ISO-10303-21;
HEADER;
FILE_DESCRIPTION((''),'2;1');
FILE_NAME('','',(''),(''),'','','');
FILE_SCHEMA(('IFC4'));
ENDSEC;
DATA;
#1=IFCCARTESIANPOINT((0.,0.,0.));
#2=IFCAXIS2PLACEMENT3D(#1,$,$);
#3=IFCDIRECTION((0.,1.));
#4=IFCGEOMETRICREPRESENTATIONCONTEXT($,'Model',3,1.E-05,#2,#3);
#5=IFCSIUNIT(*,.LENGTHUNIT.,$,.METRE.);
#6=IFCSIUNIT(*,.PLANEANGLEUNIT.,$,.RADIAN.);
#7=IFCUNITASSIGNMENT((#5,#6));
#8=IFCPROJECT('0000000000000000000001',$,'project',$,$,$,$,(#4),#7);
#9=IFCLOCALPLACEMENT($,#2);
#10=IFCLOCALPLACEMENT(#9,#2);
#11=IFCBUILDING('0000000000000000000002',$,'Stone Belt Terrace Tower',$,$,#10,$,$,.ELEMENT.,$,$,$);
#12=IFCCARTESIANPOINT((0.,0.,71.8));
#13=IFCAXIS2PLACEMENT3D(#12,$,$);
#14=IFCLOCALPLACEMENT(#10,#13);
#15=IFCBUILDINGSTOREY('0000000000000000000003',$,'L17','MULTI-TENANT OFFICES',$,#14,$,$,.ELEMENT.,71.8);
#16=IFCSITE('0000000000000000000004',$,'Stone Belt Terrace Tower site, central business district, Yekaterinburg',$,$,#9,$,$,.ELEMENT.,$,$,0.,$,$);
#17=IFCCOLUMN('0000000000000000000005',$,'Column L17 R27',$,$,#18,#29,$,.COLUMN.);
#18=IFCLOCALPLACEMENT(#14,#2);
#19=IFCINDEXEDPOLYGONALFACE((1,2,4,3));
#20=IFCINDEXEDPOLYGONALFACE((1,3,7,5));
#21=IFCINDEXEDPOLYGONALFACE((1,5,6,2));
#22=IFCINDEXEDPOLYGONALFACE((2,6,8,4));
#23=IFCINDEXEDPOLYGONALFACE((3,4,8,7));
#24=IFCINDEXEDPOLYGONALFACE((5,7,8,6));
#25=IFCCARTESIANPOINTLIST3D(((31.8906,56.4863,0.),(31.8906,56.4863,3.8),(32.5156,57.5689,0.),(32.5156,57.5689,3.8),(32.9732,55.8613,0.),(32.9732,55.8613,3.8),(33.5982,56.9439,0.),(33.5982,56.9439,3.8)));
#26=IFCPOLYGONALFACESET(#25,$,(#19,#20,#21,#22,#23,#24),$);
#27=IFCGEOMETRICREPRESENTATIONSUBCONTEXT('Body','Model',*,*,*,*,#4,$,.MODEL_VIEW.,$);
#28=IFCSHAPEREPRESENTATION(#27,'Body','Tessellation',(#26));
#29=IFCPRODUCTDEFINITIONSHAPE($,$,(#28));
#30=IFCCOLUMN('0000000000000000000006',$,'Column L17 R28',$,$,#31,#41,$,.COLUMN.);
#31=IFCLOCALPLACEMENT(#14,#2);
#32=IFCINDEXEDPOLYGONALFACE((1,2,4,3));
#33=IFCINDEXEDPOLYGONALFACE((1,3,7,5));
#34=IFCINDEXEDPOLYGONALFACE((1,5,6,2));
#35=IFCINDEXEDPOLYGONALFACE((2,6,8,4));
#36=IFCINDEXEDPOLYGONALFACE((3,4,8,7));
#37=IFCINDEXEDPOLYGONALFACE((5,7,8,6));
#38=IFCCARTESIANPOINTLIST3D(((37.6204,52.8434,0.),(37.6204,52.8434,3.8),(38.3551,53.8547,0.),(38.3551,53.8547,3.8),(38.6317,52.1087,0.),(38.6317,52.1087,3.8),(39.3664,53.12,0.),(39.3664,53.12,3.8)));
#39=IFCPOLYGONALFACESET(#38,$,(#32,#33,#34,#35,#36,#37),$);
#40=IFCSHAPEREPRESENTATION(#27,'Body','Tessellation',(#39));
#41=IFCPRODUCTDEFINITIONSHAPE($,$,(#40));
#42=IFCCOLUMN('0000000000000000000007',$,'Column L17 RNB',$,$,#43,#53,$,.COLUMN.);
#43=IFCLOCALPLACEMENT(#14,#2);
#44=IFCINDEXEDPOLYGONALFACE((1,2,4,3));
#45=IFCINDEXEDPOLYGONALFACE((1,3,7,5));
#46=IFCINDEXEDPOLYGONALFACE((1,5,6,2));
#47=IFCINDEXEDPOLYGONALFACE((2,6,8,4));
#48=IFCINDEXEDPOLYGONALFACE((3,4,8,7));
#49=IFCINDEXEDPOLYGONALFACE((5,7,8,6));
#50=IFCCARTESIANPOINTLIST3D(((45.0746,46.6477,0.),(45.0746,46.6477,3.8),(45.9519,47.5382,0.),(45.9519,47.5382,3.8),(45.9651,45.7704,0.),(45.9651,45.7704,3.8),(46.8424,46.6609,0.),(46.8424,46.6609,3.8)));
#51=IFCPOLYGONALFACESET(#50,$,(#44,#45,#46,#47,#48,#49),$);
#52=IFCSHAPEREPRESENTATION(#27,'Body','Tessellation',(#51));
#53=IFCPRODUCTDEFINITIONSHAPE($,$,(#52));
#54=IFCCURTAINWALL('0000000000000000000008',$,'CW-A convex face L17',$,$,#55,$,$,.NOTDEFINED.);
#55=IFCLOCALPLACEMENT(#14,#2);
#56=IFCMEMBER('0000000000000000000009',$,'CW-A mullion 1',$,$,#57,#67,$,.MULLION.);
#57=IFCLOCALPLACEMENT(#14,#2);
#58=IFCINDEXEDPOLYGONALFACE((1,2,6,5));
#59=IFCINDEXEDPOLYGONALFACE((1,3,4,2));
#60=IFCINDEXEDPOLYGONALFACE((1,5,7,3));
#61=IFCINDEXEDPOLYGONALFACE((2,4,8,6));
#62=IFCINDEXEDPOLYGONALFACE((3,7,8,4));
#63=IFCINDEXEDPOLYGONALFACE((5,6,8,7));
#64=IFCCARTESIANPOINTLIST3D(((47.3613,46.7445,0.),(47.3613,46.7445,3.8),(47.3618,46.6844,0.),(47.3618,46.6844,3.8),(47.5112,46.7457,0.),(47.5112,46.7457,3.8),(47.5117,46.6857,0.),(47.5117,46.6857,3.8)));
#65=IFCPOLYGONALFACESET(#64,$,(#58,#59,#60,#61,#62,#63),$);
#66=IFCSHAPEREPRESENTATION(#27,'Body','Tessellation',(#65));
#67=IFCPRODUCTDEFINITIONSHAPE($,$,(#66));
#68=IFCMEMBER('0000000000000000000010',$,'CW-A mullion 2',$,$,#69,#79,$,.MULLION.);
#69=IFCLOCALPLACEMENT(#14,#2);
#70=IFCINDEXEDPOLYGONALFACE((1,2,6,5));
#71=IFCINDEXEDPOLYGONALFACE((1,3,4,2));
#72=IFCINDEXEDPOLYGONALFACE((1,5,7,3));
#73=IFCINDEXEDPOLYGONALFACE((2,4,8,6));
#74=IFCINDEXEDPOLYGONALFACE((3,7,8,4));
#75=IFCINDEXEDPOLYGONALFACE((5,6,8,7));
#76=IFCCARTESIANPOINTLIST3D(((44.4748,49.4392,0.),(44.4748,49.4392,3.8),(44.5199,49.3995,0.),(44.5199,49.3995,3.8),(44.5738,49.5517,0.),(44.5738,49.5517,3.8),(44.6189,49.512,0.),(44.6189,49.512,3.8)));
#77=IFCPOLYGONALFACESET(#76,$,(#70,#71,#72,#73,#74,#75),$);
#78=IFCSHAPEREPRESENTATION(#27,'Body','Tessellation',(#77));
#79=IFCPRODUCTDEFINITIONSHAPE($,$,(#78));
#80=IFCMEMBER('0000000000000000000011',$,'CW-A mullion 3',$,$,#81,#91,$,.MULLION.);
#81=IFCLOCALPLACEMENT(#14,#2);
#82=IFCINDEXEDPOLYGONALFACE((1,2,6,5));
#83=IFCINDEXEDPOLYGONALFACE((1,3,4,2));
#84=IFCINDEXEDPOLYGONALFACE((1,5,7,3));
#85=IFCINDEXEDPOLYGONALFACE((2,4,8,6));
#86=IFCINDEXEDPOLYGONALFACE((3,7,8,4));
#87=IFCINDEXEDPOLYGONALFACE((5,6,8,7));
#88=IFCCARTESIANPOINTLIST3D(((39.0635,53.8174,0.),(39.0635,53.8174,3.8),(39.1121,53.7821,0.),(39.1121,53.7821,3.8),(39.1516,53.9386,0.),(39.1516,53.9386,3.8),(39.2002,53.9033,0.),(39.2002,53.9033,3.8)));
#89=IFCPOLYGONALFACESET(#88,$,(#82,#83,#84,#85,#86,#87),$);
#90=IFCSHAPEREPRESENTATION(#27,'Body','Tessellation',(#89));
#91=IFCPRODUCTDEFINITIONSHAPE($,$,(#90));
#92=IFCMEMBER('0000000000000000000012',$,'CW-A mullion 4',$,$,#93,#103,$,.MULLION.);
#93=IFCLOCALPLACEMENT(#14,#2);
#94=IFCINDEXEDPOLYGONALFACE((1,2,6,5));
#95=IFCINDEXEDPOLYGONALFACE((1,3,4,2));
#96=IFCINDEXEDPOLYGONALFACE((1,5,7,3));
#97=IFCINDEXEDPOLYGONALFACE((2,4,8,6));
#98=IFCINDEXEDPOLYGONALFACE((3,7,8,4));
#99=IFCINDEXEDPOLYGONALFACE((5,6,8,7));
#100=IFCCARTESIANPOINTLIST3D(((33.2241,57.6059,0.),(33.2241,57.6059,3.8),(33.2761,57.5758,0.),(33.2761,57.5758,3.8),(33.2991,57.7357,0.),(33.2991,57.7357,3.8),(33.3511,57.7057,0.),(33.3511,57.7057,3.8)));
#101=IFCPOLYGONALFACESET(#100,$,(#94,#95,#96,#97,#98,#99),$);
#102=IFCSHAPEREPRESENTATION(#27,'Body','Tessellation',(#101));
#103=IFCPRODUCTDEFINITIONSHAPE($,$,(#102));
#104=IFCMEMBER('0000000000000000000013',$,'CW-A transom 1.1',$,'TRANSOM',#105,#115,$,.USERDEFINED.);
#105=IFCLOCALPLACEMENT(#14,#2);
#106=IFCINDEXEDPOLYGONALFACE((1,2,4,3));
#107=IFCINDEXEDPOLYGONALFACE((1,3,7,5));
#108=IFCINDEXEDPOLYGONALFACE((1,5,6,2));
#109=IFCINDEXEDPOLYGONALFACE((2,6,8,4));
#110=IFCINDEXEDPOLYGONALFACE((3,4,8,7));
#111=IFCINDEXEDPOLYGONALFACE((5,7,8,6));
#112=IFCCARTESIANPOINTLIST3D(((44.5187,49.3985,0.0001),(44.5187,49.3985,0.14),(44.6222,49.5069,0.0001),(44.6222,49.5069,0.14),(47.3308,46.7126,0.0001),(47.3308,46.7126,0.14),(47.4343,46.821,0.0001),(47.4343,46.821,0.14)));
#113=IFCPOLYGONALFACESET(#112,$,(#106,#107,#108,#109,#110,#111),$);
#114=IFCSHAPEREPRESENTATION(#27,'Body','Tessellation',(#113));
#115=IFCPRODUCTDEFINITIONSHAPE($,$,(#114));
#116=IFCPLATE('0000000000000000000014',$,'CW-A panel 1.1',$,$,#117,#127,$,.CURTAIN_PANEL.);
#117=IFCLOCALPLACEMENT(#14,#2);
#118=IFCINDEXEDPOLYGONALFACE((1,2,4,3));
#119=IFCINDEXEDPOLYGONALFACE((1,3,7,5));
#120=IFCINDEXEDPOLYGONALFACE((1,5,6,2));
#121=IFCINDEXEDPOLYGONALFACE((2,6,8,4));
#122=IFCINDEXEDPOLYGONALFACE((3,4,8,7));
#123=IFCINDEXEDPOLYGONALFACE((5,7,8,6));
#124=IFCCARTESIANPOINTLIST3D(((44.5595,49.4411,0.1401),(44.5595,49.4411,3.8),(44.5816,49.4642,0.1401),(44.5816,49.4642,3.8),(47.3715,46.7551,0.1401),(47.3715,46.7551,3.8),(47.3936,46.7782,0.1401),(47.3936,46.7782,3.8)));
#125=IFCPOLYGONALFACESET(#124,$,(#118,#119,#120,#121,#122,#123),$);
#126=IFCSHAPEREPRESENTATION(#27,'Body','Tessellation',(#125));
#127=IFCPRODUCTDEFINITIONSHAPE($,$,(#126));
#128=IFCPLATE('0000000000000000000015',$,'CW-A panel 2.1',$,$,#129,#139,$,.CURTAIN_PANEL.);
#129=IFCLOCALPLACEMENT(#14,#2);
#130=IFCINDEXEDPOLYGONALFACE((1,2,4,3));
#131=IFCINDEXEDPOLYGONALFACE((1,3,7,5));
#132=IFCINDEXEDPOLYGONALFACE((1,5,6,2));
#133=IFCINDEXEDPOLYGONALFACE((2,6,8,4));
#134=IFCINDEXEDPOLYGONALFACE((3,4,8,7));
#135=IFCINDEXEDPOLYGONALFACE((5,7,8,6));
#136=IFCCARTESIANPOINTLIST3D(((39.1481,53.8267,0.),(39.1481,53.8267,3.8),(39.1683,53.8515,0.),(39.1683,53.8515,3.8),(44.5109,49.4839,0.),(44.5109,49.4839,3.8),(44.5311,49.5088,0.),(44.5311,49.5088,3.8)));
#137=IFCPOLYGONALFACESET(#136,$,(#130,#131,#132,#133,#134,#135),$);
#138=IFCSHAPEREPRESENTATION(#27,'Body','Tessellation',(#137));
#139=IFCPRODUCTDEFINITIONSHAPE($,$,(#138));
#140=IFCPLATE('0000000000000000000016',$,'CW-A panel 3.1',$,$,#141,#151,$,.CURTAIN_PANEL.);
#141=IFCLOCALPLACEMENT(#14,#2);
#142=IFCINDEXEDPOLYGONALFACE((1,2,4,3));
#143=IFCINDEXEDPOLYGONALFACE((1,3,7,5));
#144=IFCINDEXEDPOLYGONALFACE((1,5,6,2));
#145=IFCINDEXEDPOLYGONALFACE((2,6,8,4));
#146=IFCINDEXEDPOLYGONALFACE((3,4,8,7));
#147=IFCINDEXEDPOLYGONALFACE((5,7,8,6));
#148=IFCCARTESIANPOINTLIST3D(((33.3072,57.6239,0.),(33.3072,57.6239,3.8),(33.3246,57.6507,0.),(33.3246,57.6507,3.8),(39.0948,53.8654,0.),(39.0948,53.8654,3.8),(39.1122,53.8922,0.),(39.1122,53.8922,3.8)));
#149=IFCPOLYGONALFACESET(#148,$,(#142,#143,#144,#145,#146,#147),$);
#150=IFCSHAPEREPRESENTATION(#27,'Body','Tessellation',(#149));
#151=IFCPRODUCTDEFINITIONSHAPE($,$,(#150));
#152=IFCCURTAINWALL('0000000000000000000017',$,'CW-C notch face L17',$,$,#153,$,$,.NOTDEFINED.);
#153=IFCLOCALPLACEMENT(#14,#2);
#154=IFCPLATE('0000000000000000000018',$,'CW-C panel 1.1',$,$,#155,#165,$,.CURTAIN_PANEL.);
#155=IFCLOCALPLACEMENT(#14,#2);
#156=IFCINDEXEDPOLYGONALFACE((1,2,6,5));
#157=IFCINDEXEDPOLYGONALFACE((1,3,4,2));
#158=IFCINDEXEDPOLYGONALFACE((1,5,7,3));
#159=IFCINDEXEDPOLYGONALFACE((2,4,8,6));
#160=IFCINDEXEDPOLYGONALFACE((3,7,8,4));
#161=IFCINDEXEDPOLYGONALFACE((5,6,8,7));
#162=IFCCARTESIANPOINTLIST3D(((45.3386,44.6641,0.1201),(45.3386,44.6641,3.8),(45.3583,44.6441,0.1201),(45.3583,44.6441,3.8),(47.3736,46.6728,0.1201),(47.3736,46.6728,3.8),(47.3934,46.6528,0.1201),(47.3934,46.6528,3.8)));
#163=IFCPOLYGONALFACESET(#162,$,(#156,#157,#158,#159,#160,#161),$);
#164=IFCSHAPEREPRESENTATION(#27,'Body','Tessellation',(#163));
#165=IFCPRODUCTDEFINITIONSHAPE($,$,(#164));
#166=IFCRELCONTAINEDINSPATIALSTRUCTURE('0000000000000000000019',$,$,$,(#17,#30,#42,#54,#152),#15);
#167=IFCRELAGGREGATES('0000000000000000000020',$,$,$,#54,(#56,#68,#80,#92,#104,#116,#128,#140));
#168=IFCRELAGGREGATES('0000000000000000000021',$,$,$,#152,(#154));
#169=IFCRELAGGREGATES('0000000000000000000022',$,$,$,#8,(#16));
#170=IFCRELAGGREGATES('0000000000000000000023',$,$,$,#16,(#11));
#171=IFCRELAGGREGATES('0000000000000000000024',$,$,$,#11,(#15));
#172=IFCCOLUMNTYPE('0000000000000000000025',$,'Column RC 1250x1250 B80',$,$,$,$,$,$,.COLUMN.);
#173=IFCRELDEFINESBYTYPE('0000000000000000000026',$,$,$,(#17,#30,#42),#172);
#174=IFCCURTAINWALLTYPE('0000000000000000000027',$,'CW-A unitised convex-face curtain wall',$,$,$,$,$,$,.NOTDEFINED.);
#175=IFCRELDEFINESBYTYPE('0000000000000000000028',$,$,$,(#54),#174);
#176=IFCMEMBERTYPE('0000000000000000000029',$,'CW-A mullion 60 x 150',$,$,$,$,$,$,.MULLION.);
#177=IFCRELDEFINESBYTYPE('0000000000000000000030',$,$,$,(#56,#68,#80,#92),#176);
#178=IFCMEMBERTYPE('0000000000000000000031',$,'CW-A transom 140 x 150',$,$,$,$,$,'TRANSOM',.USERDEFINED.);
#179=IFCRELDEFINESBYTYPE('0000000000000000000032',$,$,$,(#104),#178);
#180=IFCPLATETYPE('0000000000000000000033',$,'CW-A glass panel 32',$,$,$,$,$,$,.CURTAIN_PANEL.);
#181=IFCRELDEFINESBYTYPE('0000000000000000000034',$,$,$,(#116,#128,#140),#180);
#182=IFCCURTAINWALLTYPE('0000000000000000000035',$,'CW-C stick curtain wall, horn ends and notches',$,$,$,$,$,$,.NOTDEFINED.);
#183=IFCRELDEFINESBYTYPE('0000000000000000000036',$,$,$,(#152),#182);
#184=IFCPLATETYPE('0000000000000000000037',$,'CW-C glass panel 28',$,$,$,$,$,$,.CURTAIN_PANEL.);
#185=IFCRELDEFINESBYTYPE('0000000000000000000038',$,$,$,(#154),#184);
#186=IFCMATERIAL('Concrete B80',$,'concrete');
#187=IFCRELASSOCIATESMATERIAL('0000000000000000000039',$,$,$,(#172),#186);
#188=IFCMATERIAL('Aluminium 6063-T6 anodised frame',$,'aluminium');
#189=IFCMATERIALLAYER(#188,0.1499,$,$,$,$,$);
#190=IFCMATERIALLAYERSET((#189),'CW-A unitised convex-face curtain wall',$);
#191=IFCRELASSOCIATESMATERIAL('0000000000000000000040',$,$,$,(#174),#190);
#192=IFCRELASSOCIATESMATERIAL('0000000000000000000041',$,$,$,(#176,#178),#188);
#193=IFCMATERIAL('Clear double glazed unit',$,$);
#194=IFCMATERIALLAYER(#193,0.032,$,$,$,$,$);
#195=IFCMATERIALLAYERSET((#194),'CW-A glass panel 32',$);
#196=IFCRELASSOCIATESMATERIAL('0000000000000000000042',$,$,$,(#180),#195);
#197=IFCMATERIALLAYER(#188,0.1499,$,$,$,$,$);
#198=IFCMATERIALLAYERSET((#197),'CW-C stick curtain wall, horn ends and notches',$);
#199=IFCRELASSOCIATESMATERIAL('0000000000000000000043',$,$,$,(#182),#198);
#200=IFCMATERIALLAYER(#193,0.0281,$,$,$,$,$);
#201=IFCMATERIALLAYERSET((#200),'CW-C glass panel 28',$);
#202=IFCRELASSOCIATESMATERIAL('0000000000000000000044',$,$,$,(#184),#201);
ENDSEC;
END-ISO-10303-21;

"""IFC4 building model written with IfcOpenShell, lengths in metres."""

from ifc_helpers import new_model, si_unit, direction, frame, origin, origin_2d, place, context, subcontext, project, spatial, rectangle, extrude, material, layer, layer_set, material_profile, profile_set, type_object, element, aggregate, save


model = new_model("IFC4")

# Units and contexts
model_context = context("Model", 3, precision=1e-05, world=origin(), true_north=direction((0.0, 1.0)))
body_context = subcontext(model_context, "Body", "Model", "MODEL_VIEW")
ifc_project = project(units=[si_unit("LENGTHUNIT", "METRE"), si_unit("PLANEANGLEUNIT", "RADIAN")], contexts=[model_context])

# Site, building, storey
site_placement = place(None, origin())
site = spatial("IfcSite", under=ifc_project, at=site_placement, Name="Stone Belt Terrace Tower site, central business district, Yekaterinburg", CompositionType="ELEMENT", RefElevation=0.0)
building_placement = place(site_placement, origin())
building = spatial("IfcBuilding", under=site, at=building_placement, Name="Stone Belt Terrace Tower", CompositionType="ELEMENT")
storey_placement = place(building_placement, frame((0.0, 0.0, 71.8)))
storey = spatial("IfcBuildingStorey", under=building, at=storey_placement, Name="L17", Description="MULTI-TENANT OFFICES", CompositionType="ELEMENT", Elevation=71.8)

# Columns
ifc_material_1 = material(Name="Concrete B80", Category="concrete")
ifc_material_profile_1 = material_profile(ifc_material_1, rectangle(XDim=1.25, YDim=1.25, at=origin_2d()), Name="RC 1250x1250")
ifc_profile_set_1 = profile_set([ifc_material_profile_1], Name="Concrete B80")
column_type = type_object("IfcColumnType", Name="Column RC 1250x1250 B80", PredefinedType="COLUMN", material=ifc_profile_set_1)
for number, where, z_axis, x_axis, name in (
    (1, (32.7444, 56.7151, 0.0), (0.0, 0.0, 1.0), (0.866025, -0.5, 0.0), "Column L17 R27"),
    (2, (38.4934, 52.9817, 0.0), (0.0, 0.0, 1.0), (0.809017, -0.587785, 0.0), "Column L17 R28"),
    (3, (45.9585, 46.6543, 0.0), (0.0, 0.0, 1.0), (0.712398, -0.701775, 0.0), "Column L17 RNB"),
):
    element("IfcColumn", number, at=place(storey_placement, frame(where, z_axis=z_axis, x_axis=x_axis)), inside=storey, type_object=column_type, Name=name, PredefinedType="COLUMN", context=body_context, shape_type="SweptSolid", body=[
        extrude(rectangle(XDim=1.25, YDim=1.25, at=origin_2d()), origin(), (0.0, 0.0, 1.0), 3.8),
    ])

# Curtain wall, members, plates
ifc_material_2 = material(Name="Aluminium 6063-T6 anodised frame", Category="aluminium")
ifc_layer_1 = layer(ifc_material_2, 0.1499)
ifc_layer_set_1 = layer_set([ifc_layer_1], Name="CW-A unitised convex-face curtain wall")
curtain_wall_type_1 = type_object("IfcCurtainWallType", Name="CW-A unitised convex-face curtain wall", PredefinedType="NOTDEFINED", material=ifc_layer_set_1)
curtain_wall_1_placement = place(storey_placement, origin())
curtain_wall_1 = element("IfcCurtainWall", 4, at=curtain_wall_1_placement, inside=storey, type_object=curtain_wall_type_1, Name="CW-A convex face L17", PredefinedType="NOTDEFINED")
ifc_material_profile_2 = material_profile(ifc_material_2, rectangle(XDim=0.1499, YDim=0.0601, at=origin_2d()), Name="Aluminium 6063-T6 60x150")
ifc_profile_set_2 = profile_set([ifc_material_profile_2], Name="Aluminium 6063-T6 anodised frame")
member_type_1 = type_object("IfcMemberType", Name="CW-A mullion 60 x 150", PredefinedType="MULLION", material=ifc_profile_set_2)
member_1_placement = place(storey_placement, frame((47.4365, 46.7151, 0.0), z_axis=(0.0, 0.0, 1.0), x_axis=(-0.999966, -0.008188, 0.0)))
member_1 = element("IfcMember", 5, at=member_1_placement, type_object=member_type_1, Name="CW-A mullion 1", PredefinedType="MULLION", context=body_context, shape_type="SweptSolid", body=[
    extrude(rectangle(XDim=0.1499, YDim=0.0601, at=origin_2d()), origin(), (0.0, 0.0, 1.0), 3.8),
])
member_2_placement = place(storey_placement, frame((44.5469, 49.4756, 0.0), z_axis=(0.0, 0.0, 1.0), x_axis=(-0.660573, -0.750761, 0.0)))
member_2 = element("IfcMember", 6, at=member_2_placement, type_object=member_type_1, Name="CW-A mullion 2", PredefinedType="MULLION", context=body_context, shape_type="SweptSolid", body=[
    extrude(rectangle(XDim=0.1499, YDim=0.0601, at=origin_2d()), origin(), (0.0, 0.0, 1.0), 3.8),
])
member_3_placement = place(storey_placement, frame((39.1318, 53.8604, 0.0), z_axis=(0.0, 0.0, 1.0), x_axis=(-0.587785, -0.809017, 0.0)))
member_3 = element("IfcMember", 7, at=member_3_placement, type_object=member_type_1, Name="CW-A mullion 3", PredefinedType="MULLION", context=body_context, shape_type="SweptSolid", body=[
    extrude(rectangle(XDim=0.1499, YDim=0.0601, at=origin_2d()), origin(), (0.0, 0.0, 1.0), 3.8),
])
member_4_placement = place(storey_placement, frame((33.2876, 57.6558, 0.0), z_axis=(0.0, 0.0, 1.0), x_axis=(-0.5, -0.866025, 0.0)))
member_4 = element("IfcMember", 8, at=member_4_placement, type_object=member_type_1, Name="CW-A mullion 4", PredefinedType="MULLION", context=body_context, shape_type="SweptSolid", body=[
    extrude(rectangle(XDim=0.1499, YDim=0.0601, at=origin_2d()), origin(), (0.0, 0.0, 1.0), 3.8),
])
ifc_material_profile_3 = material_profile(ifc_material_2, rectangle(XDim=0.1499, YDim=0.1399, at=origin_2d()), Name="Aluminium 6063-T6 150x140")
ifc_profile_set_3 = profile_set([ifc_material_profile_3], Name="Aluminium 6063-T6 anodised frame")
member_type_2 = type_object("IfcMemberType", Name="CW-A transom 140 x 150", ElementType="TRANSOM", PredefinedType="USERDEFINED", material=ifc_profile_set_3)
member_5_placement = place(storey_placement, frame((47.3826, 46.7668, 0.0701), z_axis=(-0.72315, 0.690691, 0.0), x_axis=(-0.690691, -0.72315, 0.0)))
member_5 = element("IfcMember", 9, at=member_5_placement, type_object=member_type_2, Name="CW-A transom 1.1", ObjectType="TRANSOM", PredefinedType="USERDEFINED", context=body_context, shape_type="SweptSolid", body=[
    extrude(rectangle(XDim=0.1499, YDim=0.1399, at=origin_2d()), origin(), (0.0, 0.0, 1.0), 3.8887),
])
ifc_material_3 = material(Name="Clear double glazed unit")
ifc_layer_2 = layer(ifc_material_3, 0.032)
ifc_layer_set_2 = layer_set([ifc_layer_2], Name="CW-A glass panel 32")
plate_type_1 = type_object("IfcPlateType", Name="CW-A glass panel 32", PredefinedType="CURTAIN_PANEL", material=ifc_layer_set_2)
plate_1_placement = place(storey_placement, frame((45.9766, 48.1096, 0.1401), z_axis=(0.0, 0.0, 1.0), x_axis=(-0.723121, 0.690721, 0.0)))
plate_1 = element("IfcPlate", 10, at=plate_1_placement, type_object=plate_type_1, Name="CW-A panel 1.1", PredefinedType="CURTAIN_PANEL", context=body_context, shape_type="SweptSolid", body=[
    extrude(rectangle(XDim=3.8887, YDim=0.032, at=origin_2d()), origin(), (0.0, 0.0, 1.0), 3.6599),
])
plate_2_placement = place(storey_placement, frame((41.8396, 51.6677, 0.0), z_axis=(0.0, 0.0, 1.0), x_axis=(-0.777146, 0.62932, 0.0)))
plate_2 = element("IfcPlate", 11, at=plate_2_placement, type_object=plate_type_1, Name="CW-A panel 2.1", PredefinedType="CURTAIN_PANEL", context=body_context, shape_type="SweptSolid", body=[
    extrude(rectangle(XDim=6.9006, YDim=0.032, at=origin_2d()), origin(), (0.0, 0.0, 1.0), 3.8),
])
plate_3_placement = place(storey_placement, frame((36.2097, 55.7581, 0.0), z_axis=(0.0, 0.0, 1.0), x_axis=(-0.838671, 0.544639, 0.0)))
plate_3 = element("IfcPlate", 12, at=plate_3_placement, type_object=plate_type_1, Name="CW-A panel 3.1", PredefinedType="CURTAIN_PANEL", context=body_context, shape_type="SweptSolid", body=[
    extrude(rectangle(XDim=6.9009, YDim=0.032, at=origin_2d()), origin(), (0.0, 0.0, 1.0), 3.8),
])
aggregate(curtain_wall_1, [member_1, member_2, member_3, member_4, member_5, plate_1, plate_2, plate_3])

# Curtain wall, plate
ifc_layer_3 = layer(ifc_material_2, 0.1499)
ifc_layer_set_3 = layer_set([ifc_layer_3], Name="CW-C stick curtain wall, horn ends and notches")
curtain_wall_type_2 = type_object("IfcCurtainWallType", Name="CW-C stick curtain wall, horn ends and notches", PredefinedType="NOTDEFINED", material=ifc_layer_set_3)
curtain_wall_2_placement = place(storey_placement, origin())
curtain_wall_2 = element("IfcCurtainWall", 13, at=curtain_wall_2_placement, inside=storey, type_object=curtain_wall_type_2, Name="CW-C notch face L17", PredefinedType="NOTDEFINED")
ifc_layer_4 = layer(ifc_material_3, 0.0281)
ifc_layer_set_4 = layer_set([ifc_layer_4], Name="CW-C glass panel 28")
plate_type_2 = type_object("IfcPlateType", Name="CW-C glass panel 28", PredefinedType="CURTAIN_PANEL", material=ifc_layer_set_4)
plate_4_placement = place(storey_placement, frame((46.366, 45.6584, 0.1201), z_axis=(0.0, 0.0, 1.0), x_axis=(0.711713, 0.70247, 0.0)))
plate_4 = element("IfcPlate", 14, at=plate_4_placement, type_object=plate_type_2, Name="CW-C panel 1.1", PredefinedType="CURTAIN_PANEL", context=body_context, shape_type="SweptSolid", body=[
    extrude(rectangle(XDim=2.8594, YDim=0.0281, at=origin_2d()), origin(), (0.0, 0.0, 1.0), 3.6799),
])
aggregate(curtain_wall_2, [plate_4])

save(model, "model.ifc")
